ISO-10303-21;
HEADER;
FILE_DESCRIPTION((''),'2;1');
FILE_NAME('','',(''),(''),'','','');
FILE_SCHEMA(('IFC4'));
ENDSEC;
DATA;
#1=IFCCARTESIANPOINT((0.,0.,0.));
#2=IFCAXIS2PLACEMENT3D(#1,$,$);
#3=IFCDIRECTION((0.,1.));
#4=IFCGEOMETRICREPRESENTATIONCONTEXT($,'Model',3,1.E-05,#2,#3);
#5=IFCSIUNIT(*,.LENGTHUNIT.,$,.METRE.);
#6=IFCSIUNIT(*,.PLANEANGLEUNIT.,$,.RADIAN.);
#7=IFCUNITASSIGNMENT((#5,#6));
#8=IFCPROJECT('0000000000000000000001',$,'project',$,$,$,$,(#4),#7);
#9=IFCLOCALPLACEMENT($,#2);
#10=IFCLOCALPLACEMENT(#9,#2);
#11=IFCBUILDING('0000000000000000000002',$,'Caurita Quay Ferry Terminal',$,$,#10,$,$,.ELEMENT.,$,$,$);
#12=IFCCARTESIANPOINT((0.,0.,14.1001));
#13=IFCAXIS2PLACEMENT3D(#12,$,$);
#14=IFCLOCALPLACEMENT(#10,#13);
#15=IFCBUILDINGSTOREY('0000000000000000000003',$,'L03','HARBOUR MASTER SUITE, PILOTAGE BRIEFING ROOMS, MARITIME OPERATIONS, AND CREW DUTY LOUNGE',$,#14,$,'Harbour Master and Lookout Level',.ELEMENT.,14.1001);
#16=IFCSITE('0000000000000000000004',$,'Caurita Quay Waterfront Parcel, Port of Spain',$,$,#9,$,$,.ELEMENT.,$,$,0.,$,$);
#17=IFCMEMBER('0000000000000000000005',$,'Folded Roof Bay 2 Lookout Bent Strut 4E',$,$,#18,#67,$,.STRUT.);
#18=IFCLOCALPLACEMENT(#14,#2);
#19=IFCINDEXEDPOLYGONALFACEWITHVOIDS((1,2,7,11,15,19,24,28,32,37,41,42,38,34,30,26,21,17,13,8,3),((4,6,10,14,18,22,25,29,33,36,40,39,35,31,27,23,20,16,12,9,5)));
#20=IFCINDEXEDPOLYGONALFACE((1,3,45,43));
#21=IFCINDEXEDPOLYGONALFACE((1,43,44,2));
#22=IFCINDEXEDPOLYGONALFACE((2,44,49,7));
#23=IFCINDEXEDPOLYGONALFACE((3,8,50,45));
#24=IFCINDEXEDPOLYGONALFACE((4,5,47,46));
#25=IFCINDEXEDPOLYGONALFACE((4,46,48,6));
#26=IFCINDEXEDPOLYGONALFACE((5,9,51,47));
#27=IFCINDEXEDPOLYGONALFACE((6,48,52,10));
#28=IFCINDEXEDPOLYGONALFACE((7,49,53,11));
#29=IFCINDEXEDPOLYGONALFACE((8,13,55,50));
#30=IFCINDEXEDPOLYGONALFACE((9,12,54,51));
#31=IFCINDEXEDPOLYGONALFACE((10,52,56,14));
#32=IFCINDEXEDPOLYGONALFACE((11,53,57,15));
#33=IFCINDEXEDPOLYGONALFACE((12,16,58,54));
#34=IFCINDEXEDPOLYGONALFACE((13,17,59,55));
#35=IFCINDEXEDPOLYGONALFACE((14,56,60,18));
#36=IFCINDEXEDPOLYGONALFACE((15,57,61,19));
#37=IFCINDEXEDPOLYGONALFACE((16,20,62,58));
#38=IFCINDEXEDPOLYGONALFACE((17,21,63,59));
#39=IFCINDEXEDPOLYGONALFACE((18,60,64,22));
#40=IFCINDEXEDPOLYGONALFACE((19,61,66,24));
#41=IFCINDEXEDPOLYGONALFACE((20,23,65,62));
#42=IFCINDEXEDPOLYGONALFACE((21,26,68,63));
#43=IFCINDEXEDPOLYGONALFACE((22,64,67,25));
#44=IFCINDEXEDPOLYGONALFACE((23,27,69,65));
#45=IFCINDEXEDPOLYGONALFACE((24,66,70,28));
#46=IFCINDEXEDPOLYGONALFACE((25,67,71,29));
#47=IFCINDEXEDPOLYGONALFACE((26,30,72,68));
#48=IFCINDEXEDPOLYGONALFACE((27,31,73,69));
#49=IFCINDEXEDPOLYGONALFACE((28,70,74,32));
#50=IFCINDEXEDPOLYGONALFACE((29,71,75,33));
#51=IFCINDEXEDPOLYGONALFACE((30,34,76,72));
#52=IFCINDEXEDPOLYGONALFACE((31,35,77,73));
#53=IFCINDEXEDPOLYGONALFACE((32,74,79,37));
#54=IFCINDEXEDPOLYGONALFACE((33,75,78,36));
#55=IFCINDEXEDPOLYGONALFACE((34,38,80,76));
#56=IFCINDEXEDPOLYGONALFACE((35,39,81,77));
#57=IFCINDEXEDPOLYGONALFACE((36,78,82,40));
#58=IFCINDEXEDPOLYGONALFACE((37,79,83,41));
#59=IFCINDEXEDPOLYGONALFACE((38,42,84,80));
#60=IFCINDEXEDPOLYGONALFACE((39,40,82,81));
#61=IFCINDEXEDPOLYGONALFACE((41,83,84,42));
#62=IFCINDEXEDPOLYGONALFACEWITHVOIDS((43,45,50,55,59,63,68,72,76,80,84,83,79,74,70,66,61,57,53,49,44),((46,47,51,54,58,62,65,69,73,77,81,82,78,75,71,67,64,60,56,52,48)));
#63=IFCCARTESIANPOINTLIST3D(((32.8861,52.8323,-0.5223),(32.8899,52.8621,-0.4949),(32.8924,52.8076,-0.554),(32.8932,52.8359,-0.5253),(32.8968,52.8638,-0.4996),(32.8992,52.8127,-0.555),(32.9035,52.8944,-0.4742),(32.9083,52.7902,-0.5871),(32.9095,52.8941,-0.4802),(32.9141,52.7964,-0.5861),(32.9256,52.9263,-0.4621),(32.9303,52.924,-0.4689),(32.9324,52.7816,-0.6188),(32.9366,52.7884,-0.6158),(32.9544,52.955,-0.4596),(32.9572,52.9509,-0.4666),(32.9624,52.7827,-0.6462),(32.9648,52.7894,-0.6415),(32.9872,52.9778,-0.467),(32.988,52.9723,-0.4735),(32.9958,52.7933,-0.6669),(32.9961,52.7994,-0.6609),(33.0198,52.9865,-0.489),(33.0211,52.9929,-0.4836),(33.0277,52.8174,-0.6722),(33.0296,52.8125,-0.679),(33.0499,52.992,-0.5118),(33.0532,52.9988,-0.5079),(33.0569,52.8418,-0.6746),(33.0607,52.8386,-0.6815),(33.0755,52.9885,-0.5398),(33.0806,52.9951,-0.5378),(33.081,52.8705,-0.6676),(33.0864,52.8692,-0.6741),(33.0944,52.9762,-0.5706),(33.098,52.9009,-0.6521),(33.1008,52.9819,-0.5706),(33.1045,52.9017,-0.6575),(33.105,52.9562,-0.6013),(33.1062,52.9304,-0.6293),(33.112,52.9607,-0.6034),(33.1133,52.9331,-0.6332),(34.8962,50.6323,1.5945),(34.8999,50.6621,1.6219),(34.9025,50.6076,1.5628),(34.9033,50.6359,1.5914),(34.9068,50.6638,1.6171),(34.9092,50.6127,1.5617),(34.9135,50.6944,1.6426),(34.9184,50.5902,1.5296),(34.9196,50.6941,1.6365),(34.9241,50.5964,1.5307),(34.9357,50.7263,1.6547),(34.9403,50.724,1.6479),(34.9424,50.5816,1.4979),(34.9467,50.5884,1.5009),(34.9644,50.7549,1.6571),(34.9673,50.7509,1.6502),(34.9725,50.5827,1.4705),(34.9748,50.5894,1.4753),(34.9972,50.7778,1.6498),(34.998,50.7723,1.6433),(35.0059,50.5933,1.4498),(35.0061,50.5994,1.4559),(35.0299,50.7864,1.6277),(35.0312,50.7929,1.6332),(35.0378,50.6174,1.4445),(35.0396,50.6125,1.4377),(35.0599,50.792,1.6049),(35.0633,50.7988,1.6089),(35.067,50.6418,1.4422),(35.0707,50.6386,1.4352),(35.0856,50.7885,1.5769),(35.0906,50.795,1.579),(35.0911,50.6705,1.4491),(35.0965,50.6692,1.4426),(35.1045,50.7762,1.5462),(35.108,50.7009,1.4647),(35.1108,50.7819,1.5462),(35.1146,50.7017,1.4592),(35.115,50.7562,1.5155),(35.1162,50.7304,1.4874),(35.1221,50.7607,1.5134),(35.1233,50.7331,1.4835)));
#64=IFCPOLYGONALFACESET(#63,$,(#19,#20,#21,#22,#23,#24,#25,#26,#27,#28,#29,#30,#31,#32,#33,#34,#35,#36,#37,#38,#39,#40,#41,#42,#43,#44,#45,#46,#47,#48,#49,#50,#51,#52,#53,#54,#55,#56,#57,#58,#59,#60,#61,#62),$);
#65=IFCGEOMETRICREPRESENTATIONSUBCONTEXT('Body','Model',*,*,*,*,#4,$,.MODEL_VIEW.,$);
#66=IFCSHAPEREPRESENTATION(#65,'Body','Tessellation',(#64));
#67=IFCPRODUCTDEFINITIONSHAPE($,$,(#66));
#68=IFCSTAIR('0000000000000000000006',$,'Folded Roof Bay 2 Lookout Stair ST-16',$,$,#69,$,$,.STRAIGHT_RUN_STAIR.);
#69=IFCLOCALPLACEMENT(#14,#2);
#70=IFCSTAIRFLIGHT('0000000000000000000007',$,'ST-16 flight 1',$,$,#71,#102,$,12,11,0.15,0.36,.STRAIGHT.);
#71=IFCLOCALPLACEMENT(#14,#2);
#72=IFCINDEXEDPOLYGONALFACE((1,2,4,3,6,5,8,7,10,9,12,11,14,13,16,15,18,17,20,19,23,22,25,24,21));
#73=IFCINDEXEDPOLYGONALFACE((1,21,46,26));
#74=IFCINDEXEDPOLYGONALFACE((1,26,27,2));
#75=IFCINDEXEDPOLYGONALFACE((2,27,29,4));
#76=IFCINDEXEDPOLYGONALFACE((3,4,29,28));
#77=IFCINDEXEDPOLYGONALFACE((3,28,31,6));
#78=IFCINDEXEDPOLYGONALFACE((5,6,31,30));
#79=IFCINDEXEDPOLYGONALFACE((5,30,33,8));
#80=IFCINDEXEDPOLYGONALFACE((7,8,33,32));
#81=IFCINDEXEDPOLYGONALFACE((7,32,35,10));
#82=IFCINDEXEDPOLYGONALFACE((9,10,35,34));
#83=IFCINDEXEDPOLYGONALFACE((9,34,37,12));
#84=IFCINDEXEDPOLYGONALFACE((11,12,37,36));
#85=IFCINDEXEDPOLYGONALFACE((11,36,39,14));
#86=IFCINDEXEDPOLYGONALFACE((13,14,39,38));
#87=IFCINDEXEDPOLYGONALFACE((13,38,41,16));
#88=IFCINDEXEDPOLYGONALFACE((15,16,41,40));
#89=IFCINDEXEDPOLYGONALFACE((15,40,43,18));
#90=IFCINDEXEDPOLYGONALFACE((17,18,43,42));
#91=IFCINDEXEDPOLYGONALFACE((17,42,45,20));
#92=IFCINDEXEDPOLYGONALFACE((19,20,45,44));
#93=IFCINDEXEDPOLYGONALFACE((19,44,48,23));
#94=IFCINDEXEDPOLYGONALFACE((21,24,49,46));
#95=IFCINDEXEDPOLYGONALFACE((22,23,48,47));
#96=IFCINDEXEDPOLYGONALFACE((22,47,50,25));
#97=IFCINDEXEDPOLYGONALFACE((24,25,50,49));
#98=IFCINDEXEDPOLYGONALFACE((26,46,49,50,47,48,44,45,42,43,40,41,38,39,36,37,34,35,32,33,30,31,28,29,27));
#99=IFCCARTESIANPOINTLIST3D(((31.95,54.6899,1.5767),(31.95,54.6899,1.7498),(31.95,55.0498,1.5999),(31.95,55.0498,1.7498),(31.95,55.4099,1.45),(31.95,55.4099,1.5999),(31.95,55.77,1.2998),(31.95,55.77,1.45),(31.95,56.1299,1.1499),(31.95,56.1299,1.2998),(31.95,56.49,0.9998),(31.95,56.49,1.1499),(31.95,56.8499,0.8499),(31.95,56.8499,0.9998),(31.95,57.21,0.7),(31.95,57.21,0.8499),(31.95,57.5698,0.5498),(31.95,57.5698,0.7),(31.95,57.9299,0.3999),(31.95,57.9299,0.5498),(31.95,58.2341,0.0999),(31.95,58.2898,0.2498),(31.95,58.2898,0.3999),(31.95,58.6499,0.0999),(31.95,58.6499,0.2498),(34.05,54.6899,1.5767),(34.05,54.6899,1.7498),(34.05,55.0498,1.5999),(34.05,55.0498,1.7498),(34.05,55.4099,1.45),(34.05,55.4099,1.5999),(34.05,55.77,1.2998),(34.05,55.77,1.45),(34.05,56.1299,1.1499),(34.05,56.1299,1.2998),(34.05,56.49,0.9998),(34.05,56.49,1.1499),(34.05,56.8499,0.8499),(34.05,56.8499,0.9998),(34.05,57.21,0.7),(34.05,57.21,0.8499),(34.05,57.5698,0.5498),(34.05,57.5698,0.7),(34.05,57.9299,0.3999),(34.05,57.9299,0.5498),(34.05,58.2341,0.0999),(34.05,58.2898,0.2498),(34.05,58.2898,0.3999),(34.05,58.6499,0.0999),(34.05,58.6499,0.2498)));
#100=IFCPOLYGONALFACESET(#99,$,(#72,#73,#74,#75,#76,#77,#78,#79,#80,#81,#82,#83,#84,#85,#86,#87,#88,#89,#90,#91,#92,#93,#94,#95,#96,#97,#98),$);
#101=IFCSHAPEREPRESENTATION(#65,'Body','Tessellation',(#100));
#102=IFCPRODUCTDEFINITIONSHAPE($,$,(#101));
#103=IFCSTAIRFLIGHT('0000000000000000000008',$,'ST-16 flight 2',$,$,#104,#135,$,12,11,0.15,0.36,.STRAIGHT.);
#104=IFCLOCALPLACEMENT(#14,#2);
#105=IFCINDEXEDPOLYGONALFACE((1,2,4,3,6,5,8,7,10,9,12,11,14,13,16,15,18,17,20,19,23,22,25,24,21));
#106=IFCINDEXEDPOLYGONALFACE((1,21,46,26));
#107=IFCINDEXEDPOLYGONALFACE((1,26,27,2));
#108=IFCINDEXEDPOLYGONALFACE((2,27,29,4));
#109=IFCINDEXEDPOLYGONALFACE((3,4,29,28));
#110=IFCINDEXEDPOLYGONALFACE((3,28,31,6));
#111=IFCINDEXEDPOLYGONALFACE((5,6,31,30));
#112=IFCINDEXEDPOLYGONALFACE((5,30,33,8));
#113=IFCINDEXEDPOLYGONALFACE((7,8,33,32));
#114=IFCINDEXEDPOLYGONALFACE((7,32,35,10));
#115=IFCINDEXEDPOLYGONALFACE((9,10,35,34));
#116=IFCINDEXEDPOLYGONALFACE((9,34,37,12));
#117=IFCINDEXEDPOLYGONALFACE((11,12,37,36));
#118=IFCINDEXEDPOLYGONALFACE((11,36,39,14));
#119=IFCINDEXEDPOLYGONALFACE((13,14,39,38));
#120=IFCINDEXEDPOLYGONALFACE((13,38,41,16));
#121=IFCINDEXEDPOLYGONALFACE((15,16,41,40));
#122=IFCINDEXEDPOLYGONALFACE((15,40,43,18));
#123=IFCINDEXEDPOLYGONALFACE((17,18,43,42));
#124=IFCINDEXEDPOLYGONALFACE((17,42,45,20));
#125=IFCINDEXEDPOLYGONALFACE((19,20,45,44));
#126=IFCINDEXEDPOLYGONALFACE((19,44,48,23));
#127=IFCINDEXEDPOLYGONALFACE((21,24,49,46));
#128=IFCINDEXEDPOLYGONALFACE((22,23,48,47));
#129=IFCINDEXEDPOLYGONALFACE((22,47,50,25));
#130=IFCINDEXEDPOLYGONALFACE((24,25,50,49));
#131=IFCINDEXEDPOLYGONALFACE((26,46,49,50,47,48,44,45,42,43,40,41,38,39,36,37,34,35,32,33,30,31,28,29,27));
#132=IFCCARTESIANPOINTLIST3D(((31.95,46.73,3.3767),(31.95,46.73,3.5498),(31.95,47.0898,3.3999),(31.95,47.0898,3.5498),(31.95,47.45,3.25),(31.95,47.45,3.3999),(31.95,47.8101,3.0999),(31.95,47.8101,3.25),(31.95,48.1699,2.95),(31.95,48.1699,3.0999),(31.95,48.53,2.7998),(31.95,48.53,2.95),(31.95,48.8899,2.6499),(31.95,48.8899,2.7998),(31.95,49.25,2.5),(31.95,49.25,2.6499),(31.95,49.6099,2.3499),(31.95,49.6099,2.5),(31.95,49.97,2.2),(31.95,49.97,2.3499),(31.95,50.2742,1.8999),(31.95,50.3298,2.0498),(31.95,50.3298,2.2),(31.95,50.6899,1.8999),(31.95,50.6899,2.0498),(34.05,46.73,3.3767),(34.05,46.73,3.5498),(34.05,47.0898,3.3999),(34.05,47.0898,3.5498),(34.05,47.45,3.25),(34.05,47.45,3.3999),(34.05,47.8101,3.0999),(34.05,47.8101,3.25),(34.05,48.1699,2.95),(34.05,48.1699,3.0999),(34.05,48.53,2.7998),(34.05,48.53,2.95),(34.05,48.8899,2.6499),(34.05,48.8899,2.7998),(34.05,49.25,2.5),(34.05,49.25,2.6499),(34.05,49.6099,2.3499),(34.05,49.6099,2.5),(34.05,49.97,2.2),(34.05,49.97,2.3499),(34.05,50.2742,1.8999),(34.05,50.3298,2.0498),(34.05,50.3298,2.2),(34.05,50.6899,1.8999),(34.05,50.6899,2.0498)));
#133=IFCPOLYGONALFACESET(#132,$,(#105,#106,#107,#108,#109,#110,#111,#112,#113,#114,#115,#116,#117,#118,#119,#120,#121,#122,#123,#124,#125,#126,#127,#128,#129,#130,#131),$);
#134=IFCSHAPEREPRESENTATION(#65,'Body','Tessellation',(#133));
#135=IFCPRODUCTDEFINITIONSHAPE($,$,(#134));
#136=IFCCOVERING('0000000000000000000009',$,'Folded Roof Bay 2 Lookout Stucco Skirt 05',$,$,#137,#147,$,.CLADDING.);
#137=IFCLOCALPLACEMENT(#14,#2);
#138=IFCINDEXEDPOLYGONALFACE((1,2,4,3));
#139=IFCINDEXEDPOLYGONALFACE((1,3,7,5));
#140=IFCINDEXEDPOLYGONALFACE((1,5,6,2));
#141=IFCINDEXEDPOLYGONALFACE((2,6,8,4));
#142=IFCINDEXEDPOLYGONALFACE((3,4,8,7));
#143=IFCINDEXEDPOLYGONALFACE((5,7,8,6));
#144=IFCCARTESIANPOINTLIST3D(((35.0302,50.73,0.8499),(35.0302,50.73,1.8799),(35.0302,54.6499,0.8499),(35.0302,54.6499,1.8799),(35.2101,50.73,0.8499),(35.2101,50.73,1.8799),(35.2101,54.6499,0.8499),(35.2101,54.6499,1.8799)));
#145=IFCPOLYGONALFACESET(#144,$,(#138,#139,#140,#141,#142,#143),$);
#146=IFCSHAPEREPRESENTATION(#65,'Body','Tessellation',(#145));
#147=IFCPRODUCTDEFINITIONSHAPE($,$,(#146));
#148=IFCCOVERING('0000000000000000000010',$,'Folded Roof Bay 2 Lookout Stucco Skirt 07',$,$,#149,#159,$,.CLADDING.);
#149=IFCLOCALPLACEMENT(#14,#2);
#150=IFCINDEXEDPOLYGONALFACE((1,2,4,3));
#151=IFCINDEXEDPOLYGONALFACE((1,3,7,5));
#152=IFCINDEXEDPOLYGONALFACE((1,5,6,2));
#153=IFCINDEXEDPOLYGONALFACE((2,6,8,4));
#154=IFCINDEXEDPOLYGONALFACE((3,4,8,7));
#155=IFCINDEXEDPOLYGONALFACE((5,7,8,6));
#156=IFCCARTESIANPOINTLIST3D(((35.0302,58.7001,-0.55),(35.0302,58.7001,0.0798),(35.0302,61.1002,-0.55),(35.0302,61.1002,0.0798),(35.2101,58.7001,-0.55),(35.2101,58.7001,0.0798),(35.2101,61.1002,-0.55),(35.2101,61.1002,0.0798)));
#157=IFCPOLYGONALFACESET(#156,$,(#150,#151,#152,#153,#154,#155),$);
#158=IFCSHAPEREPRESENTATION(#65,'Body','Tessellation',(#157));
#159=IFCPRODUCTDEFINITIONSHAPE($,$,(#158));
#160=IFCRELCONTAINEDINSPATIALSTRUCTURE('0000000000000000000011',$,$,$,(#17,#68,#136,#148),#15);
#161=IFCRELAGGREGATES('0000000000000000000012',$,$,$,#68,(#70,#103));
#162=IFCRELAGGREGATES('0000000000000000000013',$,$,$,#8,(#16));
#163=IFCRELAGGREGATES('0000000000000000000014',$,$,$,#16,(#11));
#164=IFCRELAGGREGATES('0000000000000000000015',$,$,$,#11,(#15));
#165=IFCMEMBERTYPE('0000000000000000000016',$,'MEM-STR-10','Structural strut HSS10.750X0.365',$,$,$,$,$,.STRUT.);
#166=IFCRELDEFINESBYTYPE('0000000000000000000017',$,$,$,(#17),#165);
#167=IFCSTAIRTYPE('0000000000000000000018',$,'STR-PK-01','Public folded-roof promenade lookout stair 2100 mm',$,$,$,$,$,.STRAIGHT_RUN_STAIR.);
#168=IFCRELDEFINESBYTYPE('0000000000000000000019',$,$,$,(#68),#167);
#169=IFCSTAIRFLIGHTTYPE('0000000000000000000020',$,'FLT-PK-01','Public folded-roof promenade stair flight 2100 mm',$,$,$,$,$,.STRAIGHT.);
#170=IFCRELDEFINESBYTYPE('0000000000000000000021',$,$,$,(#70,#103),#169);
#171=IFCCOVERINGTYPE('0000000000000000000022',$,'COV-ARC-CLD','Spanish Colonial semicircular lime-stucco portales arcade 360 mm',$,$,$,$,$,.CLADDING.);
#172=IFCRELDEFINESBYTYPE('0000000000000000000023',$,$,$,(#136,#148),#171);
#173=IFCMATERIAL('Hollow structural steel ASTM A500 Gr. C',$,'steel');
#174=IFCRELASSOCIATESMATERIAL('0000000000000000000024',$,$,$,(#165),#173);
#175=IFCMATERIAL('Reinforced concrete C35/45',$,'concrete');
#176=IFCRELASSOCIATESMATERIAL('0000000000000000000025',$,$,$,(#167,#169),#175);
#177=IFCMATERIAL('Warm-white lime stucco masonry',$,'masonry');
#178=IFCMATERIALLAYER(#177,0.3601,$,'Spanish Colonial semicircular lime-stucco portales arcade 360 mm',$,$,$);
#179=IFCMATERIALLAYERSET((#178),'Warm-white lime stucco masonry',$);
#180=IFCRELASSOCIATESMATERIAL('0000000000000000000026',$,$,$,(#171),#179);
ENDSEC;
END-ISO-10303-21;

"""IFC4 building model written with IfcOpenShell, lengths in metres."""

from ifc_helpers import new_model, si_unit, direction, frame, frame_2d, origin, origin_2d, place, context, subcontext, project, spatial, polyline, rectangle, hollow_circle, outline, extrude, material, layer, layer_set, material_profile, profile_set, type_object, element, aggregate, save


model = new_model("IFC4")

# Units and contexts
model_context = context("Model", 3, precision=1e-05, world=origin(), true_north=direction((0.0, 1.0)))
body_context = subcontext(model_context, "Body", "Model", "MODEL_VIEW")
ifc_project = project(units=[si_unit("LENGTHUNIT", "METRE"), si_unit("PLANEANGLEUNIT", "RADIAN")], contexts=[model_context])

# Site, building, storey
site_placement = place(None, origin())
site = spatial("IfcSite", under=ifc_project, at=site_placement, Name="Caurita Quay Waterfront Parcel, Port of Spain", CompositionType="ELEMENT", RefElevation=0.0)
building_placement = place(site_placement, origin())
building = spatial("IfcBuilding", under=site, at=building_placement, Name="Caurita Quay Ferry Terminal", CompositionType="ELEMENT")
storey_placement = place(building_placement, frame((0.0, 0.0, 14.1001)))
storey = spatial("IfcBuildingStorey", under=building, at=storey_placement, Name="L03", Description="HARBOUR MASTER SUITE, PILOTAGE BRIEFING ROOMS, MARITIME OPERATIONS, AND CREW DUTY LOUNGE", LongName="Harbour Master and Lookout Level", CompositionType="ELEMENT", Elevation=14.1001)

# Member
ifc_material_1 = material(Name="Hollow structural steel ASTM A500 Gr. C", Category="steel")
ifc_material_profile_1 = material_profile(ifc_material_1, hollow_circle(Radius=0.1365, WallThickness=0.0085, at=origin_2d()), Name="HSS10.750X0.365")
ifc_profile_set_1 = profile_set([ifc_material_profile_1], Name="Hollow structural steel ASTM A500 Gr. C")
member_type_1 = type_object("IfcMemberType", Name="MEM-STR-10", Description="Structural strut HSS10.750X0.365", PredefinedType="STRUT", material=ifc_profile_set_1)
for number, where, z_axis, x_axis, name in (
    (1, (33.0, 52.8899, -0.5706), (0.549907, -0.601872, 0.579096), (0.738258, 0.674518, 0.0), "Folded Roof Bay 2 Lookout Bent Strut 4E"),
):
    element("IfcMember", number, at=place(storey_placement, frame(where, z_axis=z_axis, x_axis=x_axis)), inside=storey, type_object=member_type_1, Name=name, PredefinedType="STRUT", context=body_context, shape_type="SweptSolid", body=[
        extrude(hollow_circle(Radius=0.1365, WallThickness=0.0085, at=origin_2d()), origin(), (0.0, 0.0, 1.0), 3.6553),
    ])

# Stair, stair flights
ifc_material_2 = material(Name="Reinforced concrete C35/45", Category="concrete")
stair_type = type_object("IfcStairType", Name="STR-PK-01", Description="Public folded-roof promenade lookout stair 2100 mm", PredefinedType="STRAIGHT_RUN_STAIR", material=ifc_material_2)
stair_placement = place(storey_placement, origin())
stair = element("IfcStair", 2, at=stair_placement, inside=storey, type_object=stair_type, Name="Folded Roof Bay 2 Lookout Stair ST-16", PredefinedType="STRAIGHT_RUN_STAIR")
stair_flight_type = type_object("IfcStairFlightType", Name="FLT-PK-01", Description="Public folded-roof promenade stair flight 2100 mm", PredefinedType="STRAIGHT", material=ifc_material_2)
stair_flight_1_placement = place(storey_placement, frame((33.0, 58.6499, 0.0999), z_axis=(0.0, 0.0, 1.0), x_axis=(0.0, -1.0, 0.0)))
stair_flight_1 = element("IfcStairFlight", 3, at=stair_flight_1_placement, type_object=stair_flight_type, Name="ST-16 flight 1", NumberOfRisers=12, NumberOfTreads=11, PredefinedType="STRAIGHT", RiserHeight=0.15, TreadLength=0.36, context=body_context, shape_type="SweptSolid", body=[
    extrude(outline(polyline([(0.0, 0.0), (0.0, 0.1499), (0.3601, 0.1499), (0.3601, 0.3), (0.72, 0.3), (0.72, 0.45), (1.0801, 0.45), (1.0801, 0.6001), (1.4399, 0.6001), (1.4399, 0.75), (1.8, 0.75), (1.8, 0.8999), (2.1599, 0.8999), (2.1599, 1.05), (2.52, 1.05), (2.52, 1.2), (2.8799, 1.2), (2.8799, 1.3501), (3.24, 1.3501), (3.24, 1.5), (3.6001, 1.5), (3.6001, 1.6499), (3.96, 1.6499), (3.96, 1.8), (3.96, 1.4768), (0.4158, 0.0), (0.0, 0.0)])), frame((0.0, 1.05, 0.0), z_axis=(0.0, -1.0, 0.0), x_axis=(1.0, 0.0, 0.0)), (0.0, 0.0, 1.0), 2.1001),
])
stair_flight_2_placement = place(storey_placement, frame((33.0, 50.6899, 1.8999), z_axis=(0.0, 0.0, 1.0), x_axis=(0.0, -1.0, 0.0)))
stair_flight_2 = element("IfcStairFlight", 4, at=stair_flight_2_placement, type_object=stair_flight_type, Name="ST-16 flight 2", NumberOfRisers=12, NumberOfTreads=11, PredefinedType="STRAIGHT", RiserHeight=0.15, TreadLength=0.36, context=body_context, shape_type="SweptSolid", body=[
    extrude(outline(polyline([(0.0, 0.0), (0.0, 0.1499), (0.3601, 0.1499), (0.3601, 0.3), (0.72, 0.3), (0.72, 0.45), (1.0801, 0.45), (1.0801, 0.6001), (1.4399, 0.6001), (1.4399, 0.75), (1.8, 0.75), (1.8, 0.8999), (2.1599, 0.8999), (2.1599, 1.05), (2.52, 1.05), (2.52, 1.2), (2.8799, 1.2), (2.8799, 1.3501), (3.24, 1.3501), (3.24, 1.5), (3.6001, 1.5), (3.6001, 1.6499), (3.96, 1.6499), (3.96, 1.8), (3.96, 1.4768), (0.4158, 0.0), (0.0, 0.0)])), frame((0.0, 1.05, 0.0), z_axis=(0.0, -1.0, 0.0), x_axis=(1.0, 0.0, 0.0)), (0.0, 0.0, 1.0), 2.1001),
])
aggregate(stair, [stair_flight_1, stair_flight_2])

# Coverings
ifc_material_3 = material(Name="Warm-white lime stucco masonry", Category="masonry")
ifc_layer = layer(ifc_material_3, 0.3601, Name="Spanish Colonial semicircular lime-stucco portales arcade 360 mm")
ifc_layer_set = layer_set([ifc_layer], Name="Warm-white lime stucco masonry")
covering_type = type_object("IfcCoveringType", Name="COV-ARC-CLD", Description="Spanish Colonial semicircular lime-stucco portales arcade 360 mm", PredefinedType="CLADDING", material=ifc_layer_set)
covering_1_placement = place(storey_placement, frame((35.1201, 50.73, 0.8499), z_axis=(0.0, 0.0, 1.0), x_axis=(0.0, 1.0, 0.0)))
element("IfcCovering", 5, at=covering_1_placement, inside=storey, type_object=covering_type, Name="Folded Roof Bay 2 Lookout Stucco Skirt 05", PredefinedType="CLADDING", context=body_context, shape_type="SweptSolid", body=[
    extrude(rectangle(XDim=3.9199, YDim=0.1799, at=frame_2d((1.96, 0.0))), origin(), (0.0, 0.0, 1.0), 1.03),
])
covering_2_placement = place(storey_placement, frame((35.1201, 58.7, -0.55), z_axis=(0.0, 0.0, 1.0), x_axis=(0.0, 1.0, 0.0)))
element("IfcCovering", 6, at=covering_2_placement, inside=storey, type_object=covering_type, Name="Folded Roof Bay 2 Lookout Stucco Skirt 07", PredefinedType="CLADDING", context=body_context, shape_type="SweptSolid", body=[
    extrude(rectangle(XDim=2.4001, YDim=0.1799, at=frame_2d((1.2002, 0.0))), origin(), (0.0, 0.0, 1.0), 0.6299),
])

save(model, "model.ifc")
